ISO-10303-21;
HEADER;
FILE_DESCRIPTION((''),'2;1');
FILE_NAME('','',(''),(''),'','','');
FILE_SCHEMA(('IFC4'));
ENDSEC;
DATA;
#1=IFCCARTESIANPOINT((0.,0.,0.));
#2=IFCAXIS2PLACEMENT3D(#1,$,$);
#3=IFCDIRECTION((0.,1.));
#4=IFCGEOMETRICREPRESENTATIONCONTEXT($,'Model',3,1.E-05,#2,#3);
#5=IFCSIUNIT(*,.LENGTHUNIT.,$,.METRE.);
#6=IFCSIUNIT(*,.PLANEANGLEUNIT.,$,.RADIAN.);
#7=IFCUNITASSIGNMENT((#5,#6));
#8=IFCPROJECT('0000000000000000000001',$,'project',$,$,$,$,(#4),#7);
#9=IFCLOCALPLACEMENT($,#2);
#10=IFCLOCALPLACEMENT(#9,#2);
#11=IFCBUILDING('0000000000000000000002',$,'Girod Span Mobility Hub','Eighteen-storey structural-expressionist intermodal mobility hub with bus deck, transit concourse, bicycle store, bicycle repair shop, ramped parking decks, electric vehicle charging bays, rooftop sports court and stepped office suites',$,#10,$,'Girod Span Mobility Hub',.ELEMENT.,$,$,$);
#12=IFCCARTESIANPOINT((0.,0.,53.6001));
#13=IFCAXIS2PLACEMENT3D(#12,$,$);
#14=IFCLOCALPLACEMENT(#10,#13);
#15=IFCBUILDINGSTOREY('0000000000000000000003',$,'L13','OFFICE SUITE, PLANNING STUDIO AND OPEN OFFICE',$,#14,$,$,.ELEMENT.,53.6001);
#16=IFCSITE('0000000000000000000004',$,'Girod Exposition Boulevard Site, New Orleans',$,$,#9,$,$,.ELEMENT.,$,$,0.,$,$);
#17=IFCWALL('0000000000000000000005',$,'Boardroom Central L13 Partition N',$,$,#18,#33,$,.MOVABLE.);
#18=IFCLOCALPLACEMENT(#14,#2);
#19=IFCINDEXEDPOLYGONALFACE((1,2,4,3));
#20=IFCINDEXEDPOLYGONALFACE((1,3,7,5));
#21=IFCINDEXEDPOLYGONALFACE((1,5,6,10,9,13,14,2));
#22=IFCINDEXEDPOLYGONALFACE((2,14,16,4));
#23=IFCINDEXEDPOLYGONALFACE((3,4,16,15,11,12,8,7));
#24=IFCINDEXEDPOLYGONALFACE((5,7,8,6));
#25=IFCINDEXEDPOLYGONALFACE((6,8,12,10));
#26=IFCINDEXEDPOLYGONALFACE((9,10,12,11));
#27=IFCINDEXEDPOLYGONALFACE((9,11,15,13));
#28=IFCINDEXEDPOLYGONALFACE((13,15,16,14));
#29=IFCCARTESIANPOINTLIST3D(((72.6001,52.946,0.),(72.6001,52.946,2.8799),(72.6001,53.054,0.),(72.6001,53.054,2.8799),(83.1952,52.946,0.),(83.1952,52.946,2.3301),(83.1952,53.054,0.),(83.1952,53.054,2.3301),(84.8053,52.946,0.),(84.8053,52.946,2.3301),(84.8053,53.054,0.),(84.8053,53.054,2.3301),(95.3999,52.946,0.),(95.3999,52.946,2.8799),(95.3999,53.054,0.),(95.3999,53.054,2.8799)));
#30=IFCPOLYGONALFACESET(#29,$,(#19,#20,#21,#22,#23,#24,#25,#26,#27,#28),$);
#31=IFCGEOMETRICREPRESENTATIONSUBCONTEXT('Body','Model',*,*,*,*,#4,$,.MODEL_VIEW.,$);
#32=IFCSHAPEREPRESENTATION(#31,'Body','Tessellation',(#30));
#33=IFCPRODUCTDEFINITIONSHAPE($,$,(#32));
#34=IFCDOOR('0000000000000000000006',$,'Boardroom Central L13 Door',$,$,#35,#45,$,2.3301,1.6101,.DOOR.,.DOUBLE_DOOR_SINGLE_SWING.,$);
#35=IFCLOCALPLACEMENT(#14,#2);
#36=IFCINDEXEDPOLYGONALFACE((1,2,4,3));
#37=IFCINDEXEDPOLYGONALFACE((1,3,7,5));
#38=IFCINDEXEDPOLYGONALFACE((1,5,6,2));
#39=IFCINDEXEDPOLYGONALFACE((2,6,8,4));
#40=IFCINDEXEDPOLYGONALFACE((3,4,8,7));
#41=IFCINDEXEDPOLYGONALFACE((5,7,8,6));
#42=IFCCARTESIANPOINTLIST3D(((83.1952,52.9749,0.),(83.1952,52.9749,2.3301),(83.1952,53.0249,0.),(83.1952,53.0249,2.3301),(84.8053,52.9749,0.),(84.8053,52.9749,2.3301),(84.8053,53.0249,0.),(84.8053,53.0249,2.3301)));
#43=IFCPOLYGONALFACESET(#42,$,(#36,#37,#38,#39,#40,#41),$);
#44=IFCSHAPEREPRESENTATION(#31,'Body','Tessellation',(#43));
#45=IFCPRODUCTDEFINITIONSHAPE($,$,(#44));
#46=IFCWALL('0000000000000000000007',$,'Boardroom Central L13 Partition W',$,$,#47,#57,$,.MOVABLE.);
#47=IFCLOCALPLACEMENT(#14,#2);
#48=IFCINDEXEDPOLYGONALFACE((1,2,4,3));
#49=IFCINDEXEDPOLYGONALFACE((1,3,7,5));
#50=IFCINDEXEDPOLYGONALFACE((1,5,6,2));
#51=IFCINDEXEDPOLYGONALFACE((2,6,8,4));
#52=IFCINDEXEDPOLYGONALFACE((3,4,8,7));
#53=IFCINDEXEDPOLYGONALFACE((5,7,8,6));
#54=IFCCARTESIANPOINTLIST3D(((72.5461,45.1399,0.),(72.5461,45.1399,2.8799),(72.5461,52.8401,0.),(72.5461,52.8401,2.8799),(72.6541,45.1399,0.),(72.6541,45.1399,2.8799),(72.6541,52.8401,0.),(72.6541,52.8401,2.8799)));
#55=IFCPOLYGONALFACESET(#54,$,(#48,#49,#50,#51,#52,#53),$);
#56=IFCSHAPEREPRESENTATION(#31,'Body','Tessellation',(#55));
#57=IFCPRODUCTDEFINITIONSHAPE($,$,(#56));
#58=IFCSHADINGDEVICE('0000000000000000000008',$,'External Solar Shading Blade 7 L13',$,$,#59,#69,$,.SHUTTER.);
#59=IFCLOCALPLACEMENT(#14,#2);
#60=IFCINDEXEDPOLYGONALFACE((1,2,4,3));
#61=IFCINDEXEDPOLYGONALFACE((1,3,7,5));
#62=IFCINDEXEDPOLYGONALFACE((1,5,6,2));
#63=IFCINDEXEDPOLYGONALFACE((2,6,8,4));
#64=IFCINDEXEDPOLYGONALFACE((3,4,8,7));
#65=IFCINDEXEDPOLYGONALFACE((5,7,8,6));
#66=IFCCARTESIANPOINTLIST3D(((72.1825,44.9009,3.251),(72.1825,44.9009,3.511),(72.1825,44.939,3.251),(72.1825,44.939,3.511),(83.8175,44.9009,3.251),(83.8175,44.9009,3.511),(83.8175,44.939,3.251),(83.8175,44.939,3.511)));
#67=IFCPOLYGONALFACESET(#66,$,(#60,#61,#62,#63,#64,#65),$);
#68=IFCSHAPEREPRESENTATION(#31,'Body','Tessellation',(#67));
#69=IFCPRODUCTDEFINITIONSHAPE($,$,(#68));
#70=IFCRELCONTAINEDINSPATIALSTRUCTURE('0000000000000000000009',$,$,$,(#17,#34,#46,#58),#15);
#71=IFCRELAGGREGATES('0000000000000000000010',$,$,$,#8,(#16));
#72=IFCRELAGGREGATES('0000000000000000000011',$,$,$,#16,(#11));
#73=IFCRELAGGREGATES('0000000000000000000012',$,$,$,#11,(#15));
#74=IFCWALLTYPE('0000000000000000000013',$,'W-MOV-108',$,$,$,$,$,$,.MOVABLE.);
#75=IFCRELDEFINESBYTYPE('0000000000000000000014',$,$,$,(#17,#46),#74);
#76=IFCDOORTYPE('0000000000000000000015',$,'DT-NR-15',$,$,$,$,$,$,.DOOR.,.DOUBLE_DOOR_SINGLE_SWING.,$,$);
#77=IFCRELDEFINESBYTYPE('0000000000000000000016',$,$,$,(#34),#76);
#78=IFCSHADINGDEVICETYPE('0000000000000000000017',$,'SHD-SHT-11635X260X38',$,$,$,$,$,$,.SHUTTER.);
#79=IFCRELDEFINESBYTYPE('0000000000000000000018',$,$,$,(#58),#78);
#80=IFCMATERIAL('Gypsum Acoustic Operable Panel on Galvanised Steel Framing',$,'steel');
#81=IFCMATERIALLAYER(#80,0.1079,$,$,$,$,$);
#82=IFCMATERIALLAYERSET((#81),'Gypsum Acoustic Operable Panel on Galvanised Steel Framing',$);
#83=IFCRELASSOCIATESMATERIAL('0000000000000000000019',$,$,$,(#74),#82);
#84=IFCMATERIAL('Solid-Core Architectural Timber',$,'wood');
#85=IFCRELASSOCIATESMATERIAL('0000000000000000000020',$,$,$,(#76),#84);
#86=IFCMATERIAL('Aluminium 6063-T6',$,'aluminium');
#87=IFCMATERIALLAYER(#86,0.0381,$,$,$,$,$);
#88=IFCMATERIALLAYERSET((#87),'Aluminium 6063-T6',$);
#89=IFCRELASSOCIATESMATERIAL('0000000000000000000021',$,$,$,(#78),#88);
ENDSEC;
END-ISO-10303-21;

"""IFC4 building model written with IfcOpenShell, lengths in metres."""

from ifc_helpers import new_model, si_unit, direction, frame, frame_2d, origin, origin_2d, place, context, subcontext, project, spatial, rectangle, extrude, material, layer, layer_set, type_object, element, fill, save


model = new_model("IFC4")

# Units and contexts
model_context = context("Model", 3, precision=1e-05, world=origin(), true_north=direction((0.0, 1.0)))
body_context = subcontext(model_context, "Body", "Model", "MODEL_VIEW")
ifc_project = project(units=[si_unit("LENGTHUNIT", "METRE"), si_unit("PLANEANGLEUNIT", "RADIAN")], contexts=[model_context])

# Site, building, storey
site_placement = place(None, origin())
site = spatial("IfcSite", under=ifc_project, at=site_placement, Name="Girod Exposition Boulevard Site, New Orleans", CompositionType="ELEMENT", RefElevation=0.0)
building_placement = place(site_placement, origin())
building = spatial("IfcBuilding", under=site, at=building_placement, Name="Girod Span Mobility Hub", Description="Eighteen-storey structural-expressionist intermodal mobility hub with bus deck, transit concourse, bicycle store, bicycle repair shop, ramped parking decks, electric vehicle charging bays, rooftop sports court and stepped office suites", LongName="Girod Span Mobility Hub", CompositionType="ELEMENT")
storey_placement = place(building_placement, frame((0.0, 0.0, 53.6001)))
storey = spatial("IfcBuildingStorey", under=building, at=storey_placement, Name="L13", Description="OFFICE SUITE, PLANNING STUDIO AND OPEN OFFICE", CompositionType="ELEMENT", Elevation=53.6001)

# Wall, opening, door
ifc_material_1 = material(Name="Gypsum Acoustic Operable Panel on Galvanised Steel Framing", Category="steel")
ifc_layer_1 = layer(ifc_material_1, 0.1079)
ifc_layer_set_1 = layer_set([ifc_layer_1], Name="Gypsum Acoustic Operable Panel on Galvanised Steel Framing")
wall_type = type_object("IfcWallType", Name="W-MOV-108", PredefinedType="MOVABLE", material=ifc_layer_set_1)
wall_1_placement = place(storey_placement, frame((72.6001, 53.0, 0.0), z_axis=(0.0, 0.0, 1.0), x_axis=(1.0, 0.0, 0.0)))
wall_1 = element("IfcWall", 1, at=wall_1_placement, inside=storey, type_object=wall_type, Name="Boardroom Central L13 Partition N", PredefinedType="MOVABLE", context=body_context, shape_type="SweptSolid", body=[
    extrude(rectangle(XDim=22.7998, YDim=0.1079, at=frame_2d((11.3999, 0.0))), origin(), (0.0, 0.0, 1.0), 2.8799),
])
opening_placement = place(wall_1_placement, frame((10.595, 0.0, 0.0)))
opening = element("IfcOpeningElement", 2, at=opening_placement, cuts=wall_1, PredefinedType="OPENING", context=body_context, shape_type="SweptSolid", body=[
    extrude(rectangle(XDim=1.6101, YDim=2.3301, at=frame_2d((0.8052, 1.165))), frame((0.0, 0.0688, 0.0), z_axis=(0.0, -1.0, 0.0), x_axis=(1.0, 0.0, 0.0)), (0.0, 0.0, 1.0), 0.1379),
])
ifc_material_2 = material(Name="Solid-Core Architectural Timber", Category="wood")
door_type = type_object("IfcDoorType", Name="DT-NR-15", OperationType="DOUBLE_DOOR_SINGLE_SWING", PredefinedType="DOOR", material=ifc_material_2)
door_placement = place(opening_placement, origin())
door = element("IfcDoor", 3, at=door_placement, inside=storey, type_object=door_type, Name="Boardroom Central L13 Door", OperationType="DOUBLE_DOOR_SINGLE_SWING", OverallHeight=2.3301, OverallWidth=1.6101, PredefinedType="DOOR", context=body_context, shape_type="SweptSolid", body=[
    extrude(rectangle(XDim=1.6101, YDim=2.3301, at=frame_2d((0.8052, 1.165))), frame((0.0, 0.0249, 0.0), z_axis=(0.0, -1.0, 0.0), x_axis=(1.0, 0.0, 0.0)), (0.0, 0.0, 1.0), 0.05),
])
fill(opening, door)

# Wall
wall_2_placement = place(storey_placement, frame((72.6001, 45.1399, 0.0), z_axis=(0.0, 0.0, 1.0), x_axis=(0.0, 1.0, 0.0)))
element("IfcWall", 4, at=wall_2_placement, inside=storey, type_object=wall_type, Name="Boardroom Central L13 Partition W", PredefinedType="MOVABLE", context=body_context, shape_type="SweptSolid", body=[
    extrude(rectangle(XDim=7.7002, YDim=0.1079, at=frame_2d((3.8501, 0.0))), origin(), (0.0, 0.0, 1.0), 2.8799),
])

# Shading device
ifc_material_3 = material(Name="Aluminium 6063-T6", Category="aluminium")
ifc_layer_2 = layer(ifc_material_3, 0.0381)
ifc_layer_set_2 = layer_set([ifc_layer_2], Name="Aluminium 6063-T6")
shading_device_type = type_object("IfcShadingDeviceType", Name="SHD-SHT-11635X260X38", PredefinedType="SHUTTER", material=ifc_layer_set_2)
shading_device_placement = place(storey_placement, frame((78.0, 44.9199, 3.251), z_axis=(0.0, 0.0, 1.0), x_axis=(1.0, 0.0, 0.0)))
element("IfcShadingDevice", 5, at=shading_device_placement, inside=storey, type_object=shading_device_type, Name="External Solar Shading Blade 7 L13", PredefinedType="SHUTTER", context=body_context, shape_type="SweptSolid", body=[
    extrude(rectangle(XDim=11.635, YDim=0.0381, at=origin_2d()), origin(), (0.0, 0.0, 1.0), 0.26),
])

save(model, "model.ifc")
